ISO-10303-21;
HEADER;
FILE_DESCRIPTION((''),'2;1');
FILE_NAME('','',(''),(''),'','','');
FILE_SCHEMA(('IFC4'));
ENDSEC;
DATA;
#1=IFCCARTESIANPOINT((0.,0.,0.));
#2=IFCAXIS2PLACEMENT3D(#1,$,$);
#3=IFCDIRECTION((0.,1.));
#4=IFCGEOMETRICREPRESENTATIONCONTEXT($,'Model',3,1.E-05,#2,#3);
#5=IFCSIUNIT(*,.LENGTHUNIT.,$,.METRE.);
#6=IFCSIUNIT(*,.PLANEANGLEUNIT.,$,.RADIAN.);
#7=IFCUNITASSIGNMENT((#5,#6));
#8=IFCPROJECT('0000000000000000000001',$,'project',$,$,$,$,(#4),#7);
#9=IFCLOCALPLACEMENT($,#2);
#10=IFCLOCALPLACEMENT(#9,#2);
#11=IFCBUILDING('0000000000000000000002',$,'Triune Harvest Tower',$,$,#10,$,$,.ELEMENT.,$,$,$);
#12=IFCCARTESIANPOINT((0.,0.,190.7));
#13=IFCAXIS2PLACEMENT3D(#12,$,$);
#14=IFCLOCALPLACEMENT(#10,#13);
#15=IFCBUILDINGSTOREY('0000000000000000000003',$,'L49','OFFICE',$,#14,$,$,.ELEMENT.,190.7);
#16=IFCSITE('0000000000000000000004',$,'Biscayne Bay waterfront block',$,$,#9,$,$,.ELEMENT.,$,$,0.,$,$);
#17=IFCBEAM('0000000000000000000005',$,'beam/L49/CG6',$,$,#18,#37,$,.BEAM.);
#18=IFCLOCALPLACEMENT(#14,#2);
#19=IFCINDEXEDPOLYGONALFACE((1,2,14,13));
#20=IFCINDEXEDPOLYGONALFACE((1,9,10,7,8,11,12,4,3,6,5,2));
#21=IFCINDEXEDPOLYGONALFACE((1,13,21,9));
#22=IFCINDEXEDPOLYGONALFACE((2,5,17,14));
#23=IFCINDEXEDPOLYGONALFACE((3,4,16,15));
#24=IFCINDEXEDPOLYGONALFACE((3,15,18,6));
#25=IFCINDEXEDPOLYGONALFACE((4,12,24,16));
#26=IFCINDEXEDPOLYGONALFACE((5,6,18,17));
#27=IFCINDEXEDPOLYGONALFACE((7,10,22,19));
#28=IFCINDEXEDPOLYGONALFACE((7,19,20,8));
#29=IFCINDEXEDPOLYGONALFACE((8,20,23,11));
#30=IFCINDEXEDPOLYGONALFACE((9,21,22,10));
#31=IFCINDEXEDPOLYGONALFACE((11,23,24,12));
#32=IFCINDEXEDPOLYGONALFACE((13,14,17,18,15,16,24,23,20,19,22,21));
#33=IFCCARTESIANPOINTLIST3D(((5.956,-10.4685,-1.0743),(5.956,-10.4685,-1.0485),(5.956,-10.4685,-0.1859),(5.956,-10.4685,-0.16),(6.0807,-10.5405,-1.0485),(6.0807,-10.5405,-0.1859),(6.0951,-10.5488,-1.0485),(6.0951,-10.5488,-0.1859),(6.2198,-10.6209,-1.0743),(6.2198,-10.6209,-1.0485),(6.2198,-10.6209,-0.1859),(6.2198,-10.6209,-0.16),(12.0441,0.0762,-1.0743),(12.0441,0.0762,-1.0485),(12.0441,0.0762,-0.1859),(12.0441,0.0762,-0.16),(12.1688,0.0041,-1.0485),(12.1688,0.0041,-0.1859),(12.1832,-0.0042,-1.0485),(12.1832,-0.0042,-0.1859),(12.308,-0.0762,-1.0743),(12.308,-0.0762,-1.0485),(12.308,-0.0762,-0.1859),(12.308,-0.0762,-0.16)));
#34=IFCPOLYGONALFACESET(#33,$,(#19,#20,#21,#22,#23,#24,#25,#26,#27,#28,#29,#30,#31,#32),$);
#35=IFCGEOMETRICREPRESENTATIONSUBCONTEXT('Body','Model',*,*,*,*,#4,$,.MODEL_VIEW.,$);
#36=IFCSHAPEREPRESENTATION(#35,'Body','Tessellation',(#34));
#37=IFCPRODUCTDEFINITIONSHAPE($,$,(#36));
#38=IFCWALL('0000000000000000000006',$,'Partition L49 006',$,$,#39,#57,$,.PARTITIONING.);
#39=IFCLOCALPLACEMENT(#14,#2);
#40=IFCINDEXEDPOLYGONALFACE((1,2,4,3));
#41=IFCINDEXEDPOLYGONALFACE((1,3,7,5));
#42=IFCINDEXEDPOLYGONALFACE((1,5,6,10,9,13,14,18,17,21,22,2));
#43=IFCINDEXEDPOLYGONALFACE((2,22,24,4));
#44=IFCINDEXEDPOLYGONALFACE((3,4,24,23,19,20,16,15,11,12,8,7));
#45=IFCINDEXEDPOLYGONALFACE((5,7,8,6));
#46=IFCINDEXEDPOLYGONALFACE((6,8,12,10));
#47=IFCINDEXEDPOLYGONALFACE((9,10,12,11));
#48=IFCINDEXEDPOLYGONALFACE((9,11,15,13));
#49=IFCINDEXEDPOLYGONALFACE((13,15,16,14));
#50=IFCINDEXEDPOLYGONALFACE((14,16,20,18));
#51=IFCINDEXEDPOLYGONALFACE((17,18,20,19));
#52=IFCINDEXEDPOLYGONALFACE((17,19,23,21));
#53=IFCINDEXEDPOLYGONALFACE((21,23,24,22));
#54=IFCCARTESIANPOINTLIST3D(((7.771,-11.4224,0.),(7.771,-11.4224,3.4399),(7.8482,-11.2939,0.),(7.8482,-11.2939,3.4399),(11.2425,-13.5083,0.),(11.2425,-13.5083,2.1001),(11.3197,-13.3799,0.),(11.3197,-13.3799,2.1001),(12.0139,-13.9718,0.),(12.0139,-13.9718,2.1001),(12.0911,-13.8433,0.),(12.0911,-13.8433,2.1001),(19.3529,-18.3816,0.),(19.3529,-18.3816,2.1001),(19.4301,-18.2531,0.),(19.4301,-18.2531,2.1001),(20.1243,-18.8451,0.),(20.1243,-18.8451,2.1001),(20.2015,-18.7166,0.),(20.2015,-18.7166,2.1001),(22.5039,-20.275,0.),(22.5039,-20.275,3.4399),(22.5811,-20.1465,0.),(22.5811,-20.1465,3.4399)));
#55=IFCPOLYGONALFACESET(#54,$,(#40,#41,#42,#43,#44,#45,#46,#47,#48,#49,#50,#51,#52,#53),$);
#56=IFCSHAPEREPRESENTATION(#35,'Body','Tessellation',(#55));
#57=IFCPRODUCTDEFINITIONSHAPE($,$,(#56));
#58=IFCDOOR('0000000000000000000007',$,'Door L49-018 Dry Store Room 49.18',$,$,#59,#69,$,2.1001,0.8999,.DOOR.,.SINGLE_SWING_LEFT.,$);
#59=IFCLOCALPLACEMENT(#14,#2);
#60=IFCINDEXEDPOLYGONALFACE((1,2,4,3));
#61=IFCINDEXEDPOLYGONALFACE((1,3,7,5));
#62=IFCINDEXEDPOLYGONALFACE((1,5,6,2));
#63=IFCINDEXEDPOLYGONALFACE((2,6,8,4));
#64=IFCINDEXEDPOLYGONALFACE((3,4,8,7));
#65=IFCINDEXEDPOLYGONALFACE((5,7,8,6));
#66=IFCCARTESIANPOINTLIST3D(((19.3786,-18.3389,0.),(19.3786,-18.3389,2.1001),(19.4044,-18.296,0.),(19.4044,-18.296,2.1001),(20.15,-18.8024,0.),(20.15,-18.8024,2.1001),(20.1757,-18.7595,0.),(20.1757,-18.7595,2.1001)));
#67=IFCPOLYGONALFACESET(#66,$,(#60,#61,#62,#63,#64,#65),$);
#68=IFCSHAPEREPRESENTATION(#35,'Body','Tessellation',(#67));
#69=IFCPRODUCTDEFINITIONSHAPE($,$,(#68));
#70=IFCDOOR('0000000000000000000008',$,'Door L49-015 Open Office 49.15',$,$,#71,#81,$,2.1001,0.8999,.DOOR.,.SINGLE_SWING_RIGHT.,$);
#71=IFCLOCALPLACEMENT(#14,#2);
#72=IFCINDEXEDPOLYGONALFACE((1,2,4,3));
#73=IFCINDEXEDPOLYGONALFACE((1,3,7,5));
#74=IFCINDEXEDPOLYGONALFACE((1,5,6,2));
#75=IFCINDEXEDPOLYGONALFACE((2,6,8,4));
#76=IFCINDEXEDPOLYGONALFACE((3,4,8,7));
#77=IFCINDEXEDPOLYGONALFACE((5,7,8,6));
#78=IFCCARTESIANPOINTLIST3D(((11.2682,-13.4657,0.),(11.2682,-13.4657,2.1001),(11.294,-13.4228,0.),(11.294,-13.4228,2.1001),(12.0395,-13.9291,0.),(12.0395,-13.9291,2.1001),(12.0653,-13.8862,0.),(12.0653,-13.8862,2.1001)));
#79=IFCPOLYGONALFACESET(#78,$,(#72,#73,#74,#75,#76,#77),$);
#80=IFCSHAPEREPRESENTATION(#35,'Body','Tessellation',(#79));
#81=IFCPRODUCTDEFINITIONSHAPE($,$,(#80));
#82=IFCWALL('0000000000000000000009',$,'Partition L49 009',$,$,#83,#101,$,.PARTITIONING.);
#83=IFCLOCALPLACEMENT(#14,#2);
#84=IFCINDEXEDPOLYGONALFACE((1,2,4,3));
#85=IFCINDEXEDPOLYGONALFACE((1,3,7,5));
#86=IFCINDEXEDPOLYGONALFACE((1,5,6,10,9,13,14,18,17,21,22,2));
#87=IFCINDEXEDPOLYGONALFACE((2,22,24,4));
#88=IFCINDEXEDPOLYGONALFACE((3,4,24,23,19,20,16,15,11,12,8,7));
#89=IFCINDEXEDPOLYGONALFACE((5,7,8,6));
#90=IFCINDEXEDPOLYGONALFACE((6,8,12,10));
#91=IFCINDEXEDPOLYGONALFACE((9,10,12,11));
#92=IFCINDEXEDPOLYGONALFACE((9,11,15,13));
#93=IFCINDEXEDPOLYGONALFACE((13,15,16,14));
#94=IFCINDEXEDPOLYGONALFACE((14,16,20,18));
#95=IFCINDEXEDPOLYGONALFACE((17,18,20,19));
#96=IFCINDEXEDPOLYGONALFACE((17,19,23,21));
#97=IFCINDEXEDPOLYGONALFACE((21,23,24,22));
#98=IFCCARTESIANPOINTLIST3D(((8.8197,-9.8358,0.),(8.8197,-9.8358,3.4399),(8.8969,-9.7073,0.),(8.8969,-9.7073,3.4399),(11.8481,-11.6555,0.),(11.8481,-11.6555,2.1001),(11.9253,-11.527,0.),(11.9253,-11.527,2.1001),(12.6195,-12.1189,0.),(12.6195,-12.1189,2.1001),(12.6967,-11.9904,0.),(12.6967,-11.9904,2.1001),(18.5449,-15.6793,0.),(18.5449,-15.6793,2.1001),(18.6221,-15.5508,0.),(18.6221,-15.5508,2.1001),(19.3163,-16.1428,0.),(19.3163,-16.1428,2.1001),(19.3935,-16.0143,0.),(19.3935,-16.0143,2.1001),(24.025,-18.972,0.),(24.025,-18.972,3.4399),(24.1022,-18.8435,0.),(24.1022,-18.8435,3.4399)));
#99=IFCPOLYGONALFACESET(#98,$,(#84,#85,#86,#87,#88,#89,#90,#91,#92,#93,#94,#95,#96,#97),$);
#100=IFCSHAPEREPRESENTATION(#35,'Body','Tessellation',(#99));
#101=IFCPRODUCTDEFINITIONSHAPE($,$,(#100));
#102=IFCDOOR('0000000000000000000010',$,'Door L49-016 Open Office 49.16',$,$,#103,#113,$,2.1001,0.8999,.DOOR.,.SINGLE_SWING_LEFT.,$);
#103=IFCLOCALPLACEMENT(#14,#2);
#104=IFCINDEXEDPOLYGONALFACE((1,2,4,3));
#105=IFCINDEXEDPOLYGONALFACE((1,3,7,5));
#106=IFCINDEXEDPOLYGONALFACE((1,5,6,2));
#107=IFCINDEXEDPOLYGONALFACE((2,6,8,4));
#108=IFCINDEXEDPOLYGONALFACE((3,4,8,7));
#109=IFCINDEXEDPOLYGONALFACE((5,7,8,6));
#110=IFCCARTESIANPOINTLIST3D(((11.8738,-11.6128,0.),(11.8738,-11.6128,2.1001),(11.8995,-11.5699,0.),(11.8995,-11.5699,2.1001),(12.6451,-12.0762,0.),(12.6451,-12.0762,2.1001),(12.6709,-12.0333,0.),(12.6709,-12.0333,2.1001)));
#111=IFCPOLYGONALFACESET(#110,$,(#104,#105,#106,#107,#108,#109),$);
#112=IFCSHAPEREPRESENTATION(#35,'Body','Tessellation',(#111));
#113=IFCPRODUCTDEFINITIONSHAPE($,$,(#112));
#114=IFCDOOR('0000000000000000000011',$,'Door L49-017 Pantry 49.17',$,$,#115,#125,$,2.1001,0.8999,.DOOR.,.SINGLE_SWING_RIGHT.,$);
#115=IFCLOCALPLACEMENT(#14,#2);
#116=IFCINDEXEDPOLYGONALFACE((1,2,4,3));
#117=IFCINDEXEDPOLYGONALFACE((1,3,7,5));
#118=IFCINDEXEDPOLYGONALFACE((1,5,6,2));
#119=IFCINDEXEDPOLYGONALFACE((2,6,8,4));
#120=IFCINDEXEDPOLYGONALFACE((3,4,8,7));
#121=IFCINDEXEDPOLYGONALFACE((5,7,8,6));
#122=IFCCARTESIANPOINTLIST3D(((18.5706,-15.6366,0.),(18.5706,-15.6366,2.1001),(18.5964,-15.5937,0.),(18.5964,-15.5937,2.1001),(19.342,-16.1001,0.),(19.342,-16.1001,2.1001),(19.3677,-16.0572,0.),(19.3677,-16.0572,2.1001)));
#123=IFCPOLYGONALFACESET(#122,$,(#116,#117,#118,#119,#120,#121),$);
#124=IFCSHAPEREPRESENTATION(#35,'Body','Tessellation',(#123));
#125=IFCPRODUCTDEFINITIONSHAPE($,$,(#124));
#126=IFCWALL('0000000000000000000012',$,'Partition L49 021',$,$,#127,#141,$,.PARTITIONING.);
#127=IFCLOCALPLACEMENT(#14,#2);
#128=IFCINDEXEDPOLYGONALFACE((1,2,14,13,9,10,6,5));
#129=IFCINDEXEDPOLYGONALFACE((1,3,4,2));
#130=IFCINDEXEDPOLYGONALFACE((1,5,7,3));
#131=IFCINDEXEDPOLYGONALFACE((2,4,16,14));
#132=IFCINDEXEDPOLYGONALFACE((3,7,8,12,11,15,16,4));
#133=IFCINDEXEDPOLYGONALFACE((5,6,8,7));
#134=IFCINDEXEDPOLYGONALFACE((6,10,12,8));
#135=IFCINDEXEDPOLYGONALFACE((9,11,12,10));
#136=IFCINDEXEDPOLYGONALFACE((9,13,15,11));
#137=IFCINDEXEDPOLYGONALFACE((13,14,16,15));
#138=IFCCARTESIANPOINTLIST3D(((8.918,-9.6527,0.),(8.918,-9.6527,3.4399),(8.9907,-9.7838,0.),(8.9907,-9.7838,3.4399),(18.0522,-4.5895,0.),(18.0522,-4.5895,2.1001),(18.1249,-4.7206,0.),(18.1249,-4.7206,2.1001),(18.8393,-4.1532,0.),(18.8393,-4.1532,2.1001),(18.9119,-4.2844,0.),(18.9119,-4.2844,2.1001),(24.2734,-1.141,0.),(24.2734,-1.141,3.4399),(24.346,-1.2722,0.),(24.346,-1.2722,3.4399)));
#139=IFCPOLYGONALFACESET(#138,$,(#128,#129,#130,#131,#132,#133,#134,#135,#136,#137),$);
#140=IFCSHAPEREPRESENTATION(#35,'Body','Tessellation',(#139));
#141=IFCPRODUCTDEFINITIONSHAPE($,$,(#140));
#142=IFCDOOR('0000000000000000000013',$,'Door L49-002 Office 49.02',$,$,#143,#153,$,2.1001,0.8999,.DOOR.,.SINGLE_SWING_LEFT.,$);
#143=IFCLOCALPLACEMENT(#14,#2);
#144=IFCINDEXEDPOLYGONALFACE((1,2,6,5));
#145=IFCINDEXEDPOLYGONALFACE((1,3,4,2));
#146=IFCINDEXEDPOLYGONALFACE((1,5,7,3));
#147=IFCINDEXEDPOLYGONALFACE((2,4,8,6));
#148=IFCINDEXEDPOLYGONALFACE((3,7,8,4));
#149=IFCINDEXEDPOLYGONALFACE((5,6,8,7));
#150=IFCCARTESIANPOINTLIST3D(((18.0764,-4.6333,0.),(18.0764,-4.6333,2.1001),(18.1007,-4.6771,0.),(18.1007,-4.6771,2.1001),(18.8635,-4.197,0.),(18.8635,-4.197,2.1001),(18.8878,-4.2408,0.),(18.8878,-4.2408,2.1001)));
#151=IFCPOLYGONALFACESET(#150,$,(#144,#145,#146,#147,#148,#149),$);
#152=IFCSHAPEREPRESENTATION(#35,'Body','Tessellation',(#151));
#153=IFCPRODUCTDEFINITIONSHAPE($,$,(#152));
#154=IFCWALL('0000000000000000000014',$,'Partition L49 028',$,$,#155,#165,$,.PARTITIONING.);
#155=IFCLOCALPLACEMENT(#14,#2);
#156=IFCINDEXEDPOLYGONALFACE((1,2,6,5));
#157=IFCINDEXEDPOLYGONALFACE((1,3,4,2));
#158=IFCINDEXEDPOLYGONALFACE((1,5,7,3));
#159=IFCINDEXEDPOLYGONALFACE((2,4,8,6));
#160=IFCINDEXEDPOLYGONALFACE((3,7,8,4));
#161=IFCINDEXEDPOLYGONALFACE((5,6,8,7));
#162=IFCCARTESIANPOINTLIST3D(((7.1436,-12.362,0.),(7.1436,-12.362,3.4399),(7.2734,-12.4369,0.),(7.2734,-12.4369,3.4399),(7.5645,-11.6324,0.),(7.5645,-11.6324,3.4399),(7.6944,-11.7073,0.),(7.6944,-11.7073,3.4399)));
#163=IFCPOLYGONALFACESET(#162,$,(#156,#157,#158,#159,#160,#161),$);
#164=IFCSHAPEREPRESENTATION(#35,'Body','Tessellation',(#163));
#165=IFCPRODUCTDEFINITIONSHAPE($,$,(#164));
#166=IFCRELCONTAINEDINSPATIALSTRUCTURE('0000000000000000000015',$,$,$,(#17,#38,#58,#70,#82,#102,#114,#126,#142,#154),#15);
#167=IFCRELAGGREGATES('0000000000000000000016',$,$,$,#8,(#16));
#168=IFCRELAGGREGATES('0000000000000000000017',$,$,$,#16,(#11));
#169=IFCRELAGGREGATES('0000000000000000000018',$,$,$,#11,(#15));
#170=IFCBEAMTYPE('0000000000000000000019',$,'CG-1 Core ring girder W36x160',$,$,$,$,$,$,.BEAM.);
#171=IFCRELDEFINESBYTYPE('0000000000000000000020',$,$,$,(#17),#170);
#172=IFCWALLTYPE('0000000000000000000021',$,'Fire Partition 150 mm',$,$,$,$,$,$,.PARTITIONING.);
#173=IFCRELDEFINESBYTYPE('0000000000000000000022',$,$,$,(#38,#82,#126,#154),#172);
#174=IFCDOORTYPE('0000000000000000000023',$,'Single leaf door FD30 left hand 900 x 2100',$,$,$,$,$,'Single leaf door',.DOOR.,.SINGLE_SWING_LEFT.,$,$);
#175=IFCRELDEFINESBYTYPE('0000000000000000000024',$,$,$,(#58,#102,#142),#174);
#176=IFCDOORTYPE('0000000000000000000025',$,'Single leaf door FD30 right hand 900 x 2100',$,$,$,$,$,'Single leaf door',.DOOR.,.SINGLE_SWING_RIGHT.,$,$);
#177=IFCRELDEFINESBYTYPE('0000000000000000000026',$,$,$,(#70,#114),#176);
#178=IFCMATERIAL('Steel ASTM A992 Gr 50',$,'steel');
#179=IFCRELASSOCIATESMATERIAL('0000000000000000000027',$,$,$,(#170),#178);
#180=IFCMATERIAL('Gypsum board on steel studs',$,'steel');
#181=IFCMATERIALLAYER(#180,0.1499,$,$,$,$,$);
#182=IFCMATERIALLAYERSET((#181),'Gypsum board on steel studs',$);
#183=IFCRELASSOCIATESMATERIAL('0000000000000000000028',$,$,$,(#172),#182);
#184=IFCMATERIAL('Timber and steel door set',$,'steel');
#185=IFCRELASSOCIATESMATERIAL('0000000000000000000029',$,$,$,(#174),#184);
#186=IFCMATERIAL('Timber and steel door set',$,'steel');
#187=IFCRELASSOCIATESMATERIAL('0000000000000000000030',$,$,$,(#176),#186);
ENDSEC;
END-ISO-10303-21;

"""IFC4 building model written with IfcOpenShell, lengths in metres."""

from ifc_helpers import new_model, si_unit, direction, frame, frame_2d, origin, origin_2d, place, context, subcontext, project, spatial, rectangle, i_section, extrude, source, transform, mapped, material, layer, layer_set, material_profile, profile_set, type_object, element, fill, save


model = new_model("IFC4")

# Units and contexts
model_context = context("Model", 3, precision=1e-05, world=origin(), true_north=direction((0.0, 1.0)))
body_context = subcontext(model_context, "Body", "Model", "MODEL_VIEW")
ifc_project = project(units=[si_unit("LENGTHUNIT", "METRE"), si_unit("PLANEANGLEUNIT", "RADIAN")], contexts=[model_context])

# Site, building, storey
site_placement = place(None, origin())
site = spatial("IfcSite", under=ifc_project, at=site_placement, Name="Biscayne Bay waterfront block", CompositionType="ELEMENT", RefElevation=0.0)
building_placement = place(site_placement, origin())
building = spatial("IfcBuilding", under=site, at=building_placement, Name="Triune Harvest Tower", CompositionType="ELEMENT")
storey_placement = place(building_placement, frame((0.0, 0.0, 190.7)))
storey = spatial("IfcBuildingStorey", under=building, at=storey_placement, Name="L49", Description="OFFICE", CompositionType="ELEMENT", Elevation=190.7)

# Beam
ifc_material_1 = material(Name="Steel ASTM A992 Gr 50", Category="steel")
ifc_material_profile = material_profile(ifc_material_1, i_section(OverallWidth=0.3047, OverallDepth=0.9143, WebThickness=0.0166, FlangeThickness=0.0259, at=origin_2d()), Name="W36x160")
ifc_profile_set = profile_set([ifc_material_profile], Name="Steel ASTM A992 Gr 50")
beam_type = type_object("IfcBeamType", Name="CG-1 Core ring girder W36x160", PredefinedType="BEAM", material=ifc_profile_set)
shared_shape_1 = source(origin(), body_context, "Body", "SweptSolid", [
    extrude(i_section(OverallWidth=0.3047, OverallDepth=0.9143, WebThickness=0.0166, FlangeThickness=0.0259, at=origin_2d()), origin(), (0.0, 0.0, 1.0), 12.176),
])
beam_placement = place(storey_placement, frame((6.0879, -10.5447, -0.6172), z_axis=(0.50001, 0.86602, 0.0), x_axis=(-0.86602, 0.50001, 0.0)))
element("IfcBeam", 1, at=beam_placement, inside=storey, type_object=beam_type, Name="beam/L49/CG6", PredefinedType="BEAM", context=body_context, shape_type="MappedRepresentation", body=[
    mapped(shared_shape_1, transform((0.0, 0.0, 0.0), scale=1.0)),
])

# Walls, openings, doors
ifc_material_2 = material(Name="Gypsum board on steel studs", Category="steel")
ifc_layer_1 = layer(ifc_material_2, 0.1499)
ifc_layer_set_1 = layer_set([ifc_layer_1], Name="Gypsum board on steel studs")
wall_type_1 = type_object("IfcWallType", Name="Fire Partition 150 mm", PredefinedType="PARTITIONING", material=ifc_layer_set_1)
wall_1_placement = place(storey_placement, frame((7.8096, -11.3582, 0.0), z_axis=(0.0, 0.0, 1.0), x_axis=(0.857164, -0.515043, 0.0)))
wall_1 = element("IfcWall", 2, at=wall_1_placement, inside=storey, type_object=wall_type_1, Name="Partition L49 006", PredefinedType="PARTITIONING", context=body_context, shape_type="SweptSolid", body=[
    extrude(rectangle(XDim=17.188, YDim=0.1499, at=frame_2d((8.594, 0.0))), origin(), (0.0, 0.0, 1.0), 3.4399),
])
opening_1_placement = place(wall_1_placement, frame((4.05, 0.0, 0.0)))
opening_1 = element("IfcOpeningElement", 3, at=opening_1_placement, cuts=wall_1, PredefinedType="OPENING", context=body_context, shape_type="SweptSolid", body=[
    extrude(rectangle(XDim=0.8999, YDim=2.1001, at=frame_2d((0.45, 1.05))), frame((0.0, 0.085, 0.0), z_axis=(0.0, -1.0, 0.0), x_axis=(1.0, 0.0, 0.0)), (0.0, 0.0, 1.0), 0.1699),
])
opening_2_placement = place(wall_1_placement, frame((13.512, 0.0, 0.0)))
opening_2 = element("IfcOpeningElement", 4, at=opening_2_placement, cuts=wall_1, PredefinedType="OPENING", context=body_context, shape_type="SweptSolid", body=[
    extrude(rectangle(XDim=0.8999, YDim=2.1001, at=frame_2d((0.45, 1.05))), frame((0.0, 0.085, 0.0), z_axis=(0.0, -1.0, 0.0), x_axis=(1.0, 0.0, 0.0)), (0.0, 0.0, 1.0), 0.1699),
])
ifc_material_3 = material(Name="Timber and steel door set", Category="steel")
door_type_1 = type_object("IfcDoorType", Name="Single leaf door FD30 left hand 900 x 2100", ElementType="Single leaf door", OperationType="SINGLE_SWING_LEFT", PredefinedType="DOOR", material=ifc_material_3)
door_1_placement = place(opening_2_placement, origin())
door_1 = element("IfcDoor", 5, at=door_1_placement, inside=storey, type_object=door_type_1, Name="Door L49-018 Dry Store Room 49.18", OperationType="SINGLE_SWING_LEFT", OverallHeight=2.1001, OverallWidth=0.8999, PredefinedType="DOOR", context=body_context, shape_type="SweptSolid", body=[
    extrude(rectangle(XDim=0.8999, YDim=2.1001, at=frame_2d((0.45, 1.05))), frame((0.0, 0.0249, 0.0), z_axis=(0.0, -1.0, 0.0), x_axis=(1.0, 0.0, 0.0)), (0.0, 0.0, 1.0), 0.05),
])
fill(opening_2, door_1)
ifc_material_4 = material(Name="Timber and steel door set", Category="steel")
door_type_2 = type_object("IfcDoorType", Name="Single leaf door FD30 right hand 900 x 2100", ElementType="Single leaf door", OperationType="SINGLE_SWING_RIGHT", PredefinedType="DOOR", material=ifc_material_4)
door_2_placement = place(opening_1_placement, origin())
door_2 = element("IfcDoor", 6, at=door_2_placement, inside=storey, type_object=door_type_2, Name="Door L49-015 Open Office 49.15", OperationType="SINGLE_SWING_RIGHT", OverallHeight=2.1001, OverallWidth=0.8999, PredefinedType="DOOR", context=body_context, shape_type="SweptSolid", body=[
    extrude(rectangle(XDim=0.8999, YDim=2.1001, at=frame_2d((0.45, 1.05))), frame((0.0, 0.0249, 0.0), z_axis=(0.0, -1.0, 0.0), x_axis=(1.0, 0.0, 0.0)), (0.0, 0.0, 1.0), 0.05),
])
fill(opening_1, door_2)
wall_2_placement = place(storey_placement, frame((8.8582, -9.7715, 0.0), z_axis=(0.0, 0.0, 1.0), x_axis=(0.857169, -0.515036, 0.0)))
wall_2 = element("IfcWall", 7, at=wall_2_placement, inside=storey, type_object=wall_type_1, Name="Partition L49 009", PredefinedType="PARTITIONING", context=body_context, shape_type="SweptSolid", body=[
    extrude(rectangle(XDim=17.739, YDim=0.1499, at=frame_2d((8.8696, 0.0))), origin(), (0.0, 0.0, 1.0), 3.4399),
])
opening_3_placement = place(wall_2_placement, frame((3.5332, 0.0, 0.0)))
opening_3 = element("IfcOpeningElement", 8, at=opening_3_placement, cuts=wall_2, PredefinedType="OPENING", context=body_context, shape_type="SweptSolid", body=[
    extrude(rectangle(XDim=0.8999, YDim=2.1001, at=frame_2d((0.45, 1.05))), frame((0.0, 0.085, 0.0), z_axis=(0.0, -1.0, 0.0), x_axis=(1.0, 0.0, 0.0)), (0.0, 0.0, 1.0), 0.1699),
])
opening_4_placement = place(wall_2_placement, frame((11.3459, 0.0, 0.0)))
opening_4 = element("IfcOpeningElement", 9, at=opening_4_placement, cuts=wall_2, PredefinedType="OPENING", context=body_context, shape_type="SweptSolid", body=[
    extrude(rectangle(XDim=0.8999, YDim=2.1001, at=frame_2d((0.45, 1.05))), frame((0.0, 0.085, 0.0), z_axis=(0.0, -1.0, 0.0), x_axis=(1.0, 0.0, 0.0)), (0.0, 0.0, 1.0), 0.1699),
])
door_3_placement = place(opening_3_placement, origin())
door_3 = element("IfcDoor", 10, at=door_3_placement, inside=storey, type_object=door_type_1, Name="Door L49-016 Open Office 49.16", OperationType="SINGLE_SWING_LEFT", OverallHeight=2.1001, OverallWidth=0.8999, PredefinedType="DOOR", context=body_context, shape_type="SweptSolid", body=[
    extrude(rectangle(XDim=0.8999, YDim=2.1001, at=frame_2d((0.45, 1.05))), frame((0.0, 0.0249, 0.0), z_axis=(0.0, -1.0, 0.0), x_axis=(1.0, 0.0, 0.0)), (0.0, 0.0, 1.0), 0.05),
])
fill(opening_3, door_3)
door_4_placement = place(opening_4_placement, origin())
door_4 = element("IfcDoor", 11, at=door_4_placement, inside=storey, type_object=door_type_2, Name="Door L49-017 Pantry 49.17", OperationType="SINGLE_SWING_RIGHT", OverallHeight=2.1001, OverallWidth=0.8999, PredefinedType="DOOR", context=body_context, shape_type="SweptSolid", body=[
    extrude(rectangle(XDim=0.8999, YDim=2.1001, at=frame_2d((0.45, 1.05))), frame((0.0, 0.0249, 0.0), z_axis=(0.0, -1.0, 0.0), x_axis=(1.0, 0.0, 0.0)), (0.0, 0.0, 1.0), 0.05),
])
fill(opening_4, door_4)

# Wall, opening, door
wall_3_placement = place(storey_placement, frame((8.9543, -9.7183, 0.0), z_axis=(0.0, 0.0, 1.0), x_axis=(0.874619, 0.484812, 0.0)))
wall_3 = element("IfcWall", 12, at=wall_3_placement, inside=storey, type_object=wall_type_1, Name="Partition L49 021", PredefinedType="PARTITIONING", context=body_context, shape_type="SweptSolid", body=[
    extrude(rectangle(XDim=17.5566, YDim=0.1499, at=frame_2d((8.7783, 0.0))), origin(), (0.0, 0.0, 1.0), 3.4399),
])
opening_5_placement = place(wall_3_placement, frame((10.4436, 0.0, 0.0)))
opening_5 = element("IfcOpeningElement", 13, at=opening_5_placement, cuts=wall_3, PredefinedType="OPENING", context=body_context, shape_type="SweptSolid", body=[
    extrude(rectangle(XDim=0.8999, YDim=2.1001, at=frame_2d((0.45, 1.05))), frame((0.0, 0.085, 0.0), z_axis=(0.0, -1.0, 0.0), x_axis=(1.0, 0.0, 0.0)), (0.0, 0.0, 1.0), 0.1699),
])
door_5_placement = place(opening_5_placement, origin())
door_5 = element("IfcDoor", 14, at=door_5_placement, inside=storey, type_object=door_type_1, Name="Door L49-002 Office 49.02", OperationType="SINGLE_SWING_LEFT", OverallHeight=2.1001, OverallWidth=0.8999, PredefinedType="DOOR", context=body_context, shape_type="SweptSolid", body=[
    extrude(rectangle(XDim=0.8999, YDim=2.1001, at=frame_2d((0.45, 1.05))), frame((0.0, 0.0249, 0.0), z_axis=(0.0, -1.0, 0.0), x_axis=(1.0, 0.0, 0.0)), (0.0, 0.0, 1.0), 0.05),
])
fill(opening_5, door_5)

# Wall
wall_4_placement = place(storey_placement, frame((7.2085, -12.3994, 0.0), z_axis=(0.0, 0.0, 1.0), x_axis=(0.499756, 0.866166, 0.0)))
element("IfcWall", 15, at=wall_4_placement, inside=storey, type_object=wall_type_1, Name="Partition L49 028", PredefinedType="PARTITIONING", context=body_context, shape_type="SweptSolid", body=[
    extrude(rectangle(XDim=0.8423, YDim=0.1499, at=frame_2d((0.4211, 0.0))), origin(), (0.0, 0.0, 1.0), 3.4399),
])

save(model, "model.ifc")
